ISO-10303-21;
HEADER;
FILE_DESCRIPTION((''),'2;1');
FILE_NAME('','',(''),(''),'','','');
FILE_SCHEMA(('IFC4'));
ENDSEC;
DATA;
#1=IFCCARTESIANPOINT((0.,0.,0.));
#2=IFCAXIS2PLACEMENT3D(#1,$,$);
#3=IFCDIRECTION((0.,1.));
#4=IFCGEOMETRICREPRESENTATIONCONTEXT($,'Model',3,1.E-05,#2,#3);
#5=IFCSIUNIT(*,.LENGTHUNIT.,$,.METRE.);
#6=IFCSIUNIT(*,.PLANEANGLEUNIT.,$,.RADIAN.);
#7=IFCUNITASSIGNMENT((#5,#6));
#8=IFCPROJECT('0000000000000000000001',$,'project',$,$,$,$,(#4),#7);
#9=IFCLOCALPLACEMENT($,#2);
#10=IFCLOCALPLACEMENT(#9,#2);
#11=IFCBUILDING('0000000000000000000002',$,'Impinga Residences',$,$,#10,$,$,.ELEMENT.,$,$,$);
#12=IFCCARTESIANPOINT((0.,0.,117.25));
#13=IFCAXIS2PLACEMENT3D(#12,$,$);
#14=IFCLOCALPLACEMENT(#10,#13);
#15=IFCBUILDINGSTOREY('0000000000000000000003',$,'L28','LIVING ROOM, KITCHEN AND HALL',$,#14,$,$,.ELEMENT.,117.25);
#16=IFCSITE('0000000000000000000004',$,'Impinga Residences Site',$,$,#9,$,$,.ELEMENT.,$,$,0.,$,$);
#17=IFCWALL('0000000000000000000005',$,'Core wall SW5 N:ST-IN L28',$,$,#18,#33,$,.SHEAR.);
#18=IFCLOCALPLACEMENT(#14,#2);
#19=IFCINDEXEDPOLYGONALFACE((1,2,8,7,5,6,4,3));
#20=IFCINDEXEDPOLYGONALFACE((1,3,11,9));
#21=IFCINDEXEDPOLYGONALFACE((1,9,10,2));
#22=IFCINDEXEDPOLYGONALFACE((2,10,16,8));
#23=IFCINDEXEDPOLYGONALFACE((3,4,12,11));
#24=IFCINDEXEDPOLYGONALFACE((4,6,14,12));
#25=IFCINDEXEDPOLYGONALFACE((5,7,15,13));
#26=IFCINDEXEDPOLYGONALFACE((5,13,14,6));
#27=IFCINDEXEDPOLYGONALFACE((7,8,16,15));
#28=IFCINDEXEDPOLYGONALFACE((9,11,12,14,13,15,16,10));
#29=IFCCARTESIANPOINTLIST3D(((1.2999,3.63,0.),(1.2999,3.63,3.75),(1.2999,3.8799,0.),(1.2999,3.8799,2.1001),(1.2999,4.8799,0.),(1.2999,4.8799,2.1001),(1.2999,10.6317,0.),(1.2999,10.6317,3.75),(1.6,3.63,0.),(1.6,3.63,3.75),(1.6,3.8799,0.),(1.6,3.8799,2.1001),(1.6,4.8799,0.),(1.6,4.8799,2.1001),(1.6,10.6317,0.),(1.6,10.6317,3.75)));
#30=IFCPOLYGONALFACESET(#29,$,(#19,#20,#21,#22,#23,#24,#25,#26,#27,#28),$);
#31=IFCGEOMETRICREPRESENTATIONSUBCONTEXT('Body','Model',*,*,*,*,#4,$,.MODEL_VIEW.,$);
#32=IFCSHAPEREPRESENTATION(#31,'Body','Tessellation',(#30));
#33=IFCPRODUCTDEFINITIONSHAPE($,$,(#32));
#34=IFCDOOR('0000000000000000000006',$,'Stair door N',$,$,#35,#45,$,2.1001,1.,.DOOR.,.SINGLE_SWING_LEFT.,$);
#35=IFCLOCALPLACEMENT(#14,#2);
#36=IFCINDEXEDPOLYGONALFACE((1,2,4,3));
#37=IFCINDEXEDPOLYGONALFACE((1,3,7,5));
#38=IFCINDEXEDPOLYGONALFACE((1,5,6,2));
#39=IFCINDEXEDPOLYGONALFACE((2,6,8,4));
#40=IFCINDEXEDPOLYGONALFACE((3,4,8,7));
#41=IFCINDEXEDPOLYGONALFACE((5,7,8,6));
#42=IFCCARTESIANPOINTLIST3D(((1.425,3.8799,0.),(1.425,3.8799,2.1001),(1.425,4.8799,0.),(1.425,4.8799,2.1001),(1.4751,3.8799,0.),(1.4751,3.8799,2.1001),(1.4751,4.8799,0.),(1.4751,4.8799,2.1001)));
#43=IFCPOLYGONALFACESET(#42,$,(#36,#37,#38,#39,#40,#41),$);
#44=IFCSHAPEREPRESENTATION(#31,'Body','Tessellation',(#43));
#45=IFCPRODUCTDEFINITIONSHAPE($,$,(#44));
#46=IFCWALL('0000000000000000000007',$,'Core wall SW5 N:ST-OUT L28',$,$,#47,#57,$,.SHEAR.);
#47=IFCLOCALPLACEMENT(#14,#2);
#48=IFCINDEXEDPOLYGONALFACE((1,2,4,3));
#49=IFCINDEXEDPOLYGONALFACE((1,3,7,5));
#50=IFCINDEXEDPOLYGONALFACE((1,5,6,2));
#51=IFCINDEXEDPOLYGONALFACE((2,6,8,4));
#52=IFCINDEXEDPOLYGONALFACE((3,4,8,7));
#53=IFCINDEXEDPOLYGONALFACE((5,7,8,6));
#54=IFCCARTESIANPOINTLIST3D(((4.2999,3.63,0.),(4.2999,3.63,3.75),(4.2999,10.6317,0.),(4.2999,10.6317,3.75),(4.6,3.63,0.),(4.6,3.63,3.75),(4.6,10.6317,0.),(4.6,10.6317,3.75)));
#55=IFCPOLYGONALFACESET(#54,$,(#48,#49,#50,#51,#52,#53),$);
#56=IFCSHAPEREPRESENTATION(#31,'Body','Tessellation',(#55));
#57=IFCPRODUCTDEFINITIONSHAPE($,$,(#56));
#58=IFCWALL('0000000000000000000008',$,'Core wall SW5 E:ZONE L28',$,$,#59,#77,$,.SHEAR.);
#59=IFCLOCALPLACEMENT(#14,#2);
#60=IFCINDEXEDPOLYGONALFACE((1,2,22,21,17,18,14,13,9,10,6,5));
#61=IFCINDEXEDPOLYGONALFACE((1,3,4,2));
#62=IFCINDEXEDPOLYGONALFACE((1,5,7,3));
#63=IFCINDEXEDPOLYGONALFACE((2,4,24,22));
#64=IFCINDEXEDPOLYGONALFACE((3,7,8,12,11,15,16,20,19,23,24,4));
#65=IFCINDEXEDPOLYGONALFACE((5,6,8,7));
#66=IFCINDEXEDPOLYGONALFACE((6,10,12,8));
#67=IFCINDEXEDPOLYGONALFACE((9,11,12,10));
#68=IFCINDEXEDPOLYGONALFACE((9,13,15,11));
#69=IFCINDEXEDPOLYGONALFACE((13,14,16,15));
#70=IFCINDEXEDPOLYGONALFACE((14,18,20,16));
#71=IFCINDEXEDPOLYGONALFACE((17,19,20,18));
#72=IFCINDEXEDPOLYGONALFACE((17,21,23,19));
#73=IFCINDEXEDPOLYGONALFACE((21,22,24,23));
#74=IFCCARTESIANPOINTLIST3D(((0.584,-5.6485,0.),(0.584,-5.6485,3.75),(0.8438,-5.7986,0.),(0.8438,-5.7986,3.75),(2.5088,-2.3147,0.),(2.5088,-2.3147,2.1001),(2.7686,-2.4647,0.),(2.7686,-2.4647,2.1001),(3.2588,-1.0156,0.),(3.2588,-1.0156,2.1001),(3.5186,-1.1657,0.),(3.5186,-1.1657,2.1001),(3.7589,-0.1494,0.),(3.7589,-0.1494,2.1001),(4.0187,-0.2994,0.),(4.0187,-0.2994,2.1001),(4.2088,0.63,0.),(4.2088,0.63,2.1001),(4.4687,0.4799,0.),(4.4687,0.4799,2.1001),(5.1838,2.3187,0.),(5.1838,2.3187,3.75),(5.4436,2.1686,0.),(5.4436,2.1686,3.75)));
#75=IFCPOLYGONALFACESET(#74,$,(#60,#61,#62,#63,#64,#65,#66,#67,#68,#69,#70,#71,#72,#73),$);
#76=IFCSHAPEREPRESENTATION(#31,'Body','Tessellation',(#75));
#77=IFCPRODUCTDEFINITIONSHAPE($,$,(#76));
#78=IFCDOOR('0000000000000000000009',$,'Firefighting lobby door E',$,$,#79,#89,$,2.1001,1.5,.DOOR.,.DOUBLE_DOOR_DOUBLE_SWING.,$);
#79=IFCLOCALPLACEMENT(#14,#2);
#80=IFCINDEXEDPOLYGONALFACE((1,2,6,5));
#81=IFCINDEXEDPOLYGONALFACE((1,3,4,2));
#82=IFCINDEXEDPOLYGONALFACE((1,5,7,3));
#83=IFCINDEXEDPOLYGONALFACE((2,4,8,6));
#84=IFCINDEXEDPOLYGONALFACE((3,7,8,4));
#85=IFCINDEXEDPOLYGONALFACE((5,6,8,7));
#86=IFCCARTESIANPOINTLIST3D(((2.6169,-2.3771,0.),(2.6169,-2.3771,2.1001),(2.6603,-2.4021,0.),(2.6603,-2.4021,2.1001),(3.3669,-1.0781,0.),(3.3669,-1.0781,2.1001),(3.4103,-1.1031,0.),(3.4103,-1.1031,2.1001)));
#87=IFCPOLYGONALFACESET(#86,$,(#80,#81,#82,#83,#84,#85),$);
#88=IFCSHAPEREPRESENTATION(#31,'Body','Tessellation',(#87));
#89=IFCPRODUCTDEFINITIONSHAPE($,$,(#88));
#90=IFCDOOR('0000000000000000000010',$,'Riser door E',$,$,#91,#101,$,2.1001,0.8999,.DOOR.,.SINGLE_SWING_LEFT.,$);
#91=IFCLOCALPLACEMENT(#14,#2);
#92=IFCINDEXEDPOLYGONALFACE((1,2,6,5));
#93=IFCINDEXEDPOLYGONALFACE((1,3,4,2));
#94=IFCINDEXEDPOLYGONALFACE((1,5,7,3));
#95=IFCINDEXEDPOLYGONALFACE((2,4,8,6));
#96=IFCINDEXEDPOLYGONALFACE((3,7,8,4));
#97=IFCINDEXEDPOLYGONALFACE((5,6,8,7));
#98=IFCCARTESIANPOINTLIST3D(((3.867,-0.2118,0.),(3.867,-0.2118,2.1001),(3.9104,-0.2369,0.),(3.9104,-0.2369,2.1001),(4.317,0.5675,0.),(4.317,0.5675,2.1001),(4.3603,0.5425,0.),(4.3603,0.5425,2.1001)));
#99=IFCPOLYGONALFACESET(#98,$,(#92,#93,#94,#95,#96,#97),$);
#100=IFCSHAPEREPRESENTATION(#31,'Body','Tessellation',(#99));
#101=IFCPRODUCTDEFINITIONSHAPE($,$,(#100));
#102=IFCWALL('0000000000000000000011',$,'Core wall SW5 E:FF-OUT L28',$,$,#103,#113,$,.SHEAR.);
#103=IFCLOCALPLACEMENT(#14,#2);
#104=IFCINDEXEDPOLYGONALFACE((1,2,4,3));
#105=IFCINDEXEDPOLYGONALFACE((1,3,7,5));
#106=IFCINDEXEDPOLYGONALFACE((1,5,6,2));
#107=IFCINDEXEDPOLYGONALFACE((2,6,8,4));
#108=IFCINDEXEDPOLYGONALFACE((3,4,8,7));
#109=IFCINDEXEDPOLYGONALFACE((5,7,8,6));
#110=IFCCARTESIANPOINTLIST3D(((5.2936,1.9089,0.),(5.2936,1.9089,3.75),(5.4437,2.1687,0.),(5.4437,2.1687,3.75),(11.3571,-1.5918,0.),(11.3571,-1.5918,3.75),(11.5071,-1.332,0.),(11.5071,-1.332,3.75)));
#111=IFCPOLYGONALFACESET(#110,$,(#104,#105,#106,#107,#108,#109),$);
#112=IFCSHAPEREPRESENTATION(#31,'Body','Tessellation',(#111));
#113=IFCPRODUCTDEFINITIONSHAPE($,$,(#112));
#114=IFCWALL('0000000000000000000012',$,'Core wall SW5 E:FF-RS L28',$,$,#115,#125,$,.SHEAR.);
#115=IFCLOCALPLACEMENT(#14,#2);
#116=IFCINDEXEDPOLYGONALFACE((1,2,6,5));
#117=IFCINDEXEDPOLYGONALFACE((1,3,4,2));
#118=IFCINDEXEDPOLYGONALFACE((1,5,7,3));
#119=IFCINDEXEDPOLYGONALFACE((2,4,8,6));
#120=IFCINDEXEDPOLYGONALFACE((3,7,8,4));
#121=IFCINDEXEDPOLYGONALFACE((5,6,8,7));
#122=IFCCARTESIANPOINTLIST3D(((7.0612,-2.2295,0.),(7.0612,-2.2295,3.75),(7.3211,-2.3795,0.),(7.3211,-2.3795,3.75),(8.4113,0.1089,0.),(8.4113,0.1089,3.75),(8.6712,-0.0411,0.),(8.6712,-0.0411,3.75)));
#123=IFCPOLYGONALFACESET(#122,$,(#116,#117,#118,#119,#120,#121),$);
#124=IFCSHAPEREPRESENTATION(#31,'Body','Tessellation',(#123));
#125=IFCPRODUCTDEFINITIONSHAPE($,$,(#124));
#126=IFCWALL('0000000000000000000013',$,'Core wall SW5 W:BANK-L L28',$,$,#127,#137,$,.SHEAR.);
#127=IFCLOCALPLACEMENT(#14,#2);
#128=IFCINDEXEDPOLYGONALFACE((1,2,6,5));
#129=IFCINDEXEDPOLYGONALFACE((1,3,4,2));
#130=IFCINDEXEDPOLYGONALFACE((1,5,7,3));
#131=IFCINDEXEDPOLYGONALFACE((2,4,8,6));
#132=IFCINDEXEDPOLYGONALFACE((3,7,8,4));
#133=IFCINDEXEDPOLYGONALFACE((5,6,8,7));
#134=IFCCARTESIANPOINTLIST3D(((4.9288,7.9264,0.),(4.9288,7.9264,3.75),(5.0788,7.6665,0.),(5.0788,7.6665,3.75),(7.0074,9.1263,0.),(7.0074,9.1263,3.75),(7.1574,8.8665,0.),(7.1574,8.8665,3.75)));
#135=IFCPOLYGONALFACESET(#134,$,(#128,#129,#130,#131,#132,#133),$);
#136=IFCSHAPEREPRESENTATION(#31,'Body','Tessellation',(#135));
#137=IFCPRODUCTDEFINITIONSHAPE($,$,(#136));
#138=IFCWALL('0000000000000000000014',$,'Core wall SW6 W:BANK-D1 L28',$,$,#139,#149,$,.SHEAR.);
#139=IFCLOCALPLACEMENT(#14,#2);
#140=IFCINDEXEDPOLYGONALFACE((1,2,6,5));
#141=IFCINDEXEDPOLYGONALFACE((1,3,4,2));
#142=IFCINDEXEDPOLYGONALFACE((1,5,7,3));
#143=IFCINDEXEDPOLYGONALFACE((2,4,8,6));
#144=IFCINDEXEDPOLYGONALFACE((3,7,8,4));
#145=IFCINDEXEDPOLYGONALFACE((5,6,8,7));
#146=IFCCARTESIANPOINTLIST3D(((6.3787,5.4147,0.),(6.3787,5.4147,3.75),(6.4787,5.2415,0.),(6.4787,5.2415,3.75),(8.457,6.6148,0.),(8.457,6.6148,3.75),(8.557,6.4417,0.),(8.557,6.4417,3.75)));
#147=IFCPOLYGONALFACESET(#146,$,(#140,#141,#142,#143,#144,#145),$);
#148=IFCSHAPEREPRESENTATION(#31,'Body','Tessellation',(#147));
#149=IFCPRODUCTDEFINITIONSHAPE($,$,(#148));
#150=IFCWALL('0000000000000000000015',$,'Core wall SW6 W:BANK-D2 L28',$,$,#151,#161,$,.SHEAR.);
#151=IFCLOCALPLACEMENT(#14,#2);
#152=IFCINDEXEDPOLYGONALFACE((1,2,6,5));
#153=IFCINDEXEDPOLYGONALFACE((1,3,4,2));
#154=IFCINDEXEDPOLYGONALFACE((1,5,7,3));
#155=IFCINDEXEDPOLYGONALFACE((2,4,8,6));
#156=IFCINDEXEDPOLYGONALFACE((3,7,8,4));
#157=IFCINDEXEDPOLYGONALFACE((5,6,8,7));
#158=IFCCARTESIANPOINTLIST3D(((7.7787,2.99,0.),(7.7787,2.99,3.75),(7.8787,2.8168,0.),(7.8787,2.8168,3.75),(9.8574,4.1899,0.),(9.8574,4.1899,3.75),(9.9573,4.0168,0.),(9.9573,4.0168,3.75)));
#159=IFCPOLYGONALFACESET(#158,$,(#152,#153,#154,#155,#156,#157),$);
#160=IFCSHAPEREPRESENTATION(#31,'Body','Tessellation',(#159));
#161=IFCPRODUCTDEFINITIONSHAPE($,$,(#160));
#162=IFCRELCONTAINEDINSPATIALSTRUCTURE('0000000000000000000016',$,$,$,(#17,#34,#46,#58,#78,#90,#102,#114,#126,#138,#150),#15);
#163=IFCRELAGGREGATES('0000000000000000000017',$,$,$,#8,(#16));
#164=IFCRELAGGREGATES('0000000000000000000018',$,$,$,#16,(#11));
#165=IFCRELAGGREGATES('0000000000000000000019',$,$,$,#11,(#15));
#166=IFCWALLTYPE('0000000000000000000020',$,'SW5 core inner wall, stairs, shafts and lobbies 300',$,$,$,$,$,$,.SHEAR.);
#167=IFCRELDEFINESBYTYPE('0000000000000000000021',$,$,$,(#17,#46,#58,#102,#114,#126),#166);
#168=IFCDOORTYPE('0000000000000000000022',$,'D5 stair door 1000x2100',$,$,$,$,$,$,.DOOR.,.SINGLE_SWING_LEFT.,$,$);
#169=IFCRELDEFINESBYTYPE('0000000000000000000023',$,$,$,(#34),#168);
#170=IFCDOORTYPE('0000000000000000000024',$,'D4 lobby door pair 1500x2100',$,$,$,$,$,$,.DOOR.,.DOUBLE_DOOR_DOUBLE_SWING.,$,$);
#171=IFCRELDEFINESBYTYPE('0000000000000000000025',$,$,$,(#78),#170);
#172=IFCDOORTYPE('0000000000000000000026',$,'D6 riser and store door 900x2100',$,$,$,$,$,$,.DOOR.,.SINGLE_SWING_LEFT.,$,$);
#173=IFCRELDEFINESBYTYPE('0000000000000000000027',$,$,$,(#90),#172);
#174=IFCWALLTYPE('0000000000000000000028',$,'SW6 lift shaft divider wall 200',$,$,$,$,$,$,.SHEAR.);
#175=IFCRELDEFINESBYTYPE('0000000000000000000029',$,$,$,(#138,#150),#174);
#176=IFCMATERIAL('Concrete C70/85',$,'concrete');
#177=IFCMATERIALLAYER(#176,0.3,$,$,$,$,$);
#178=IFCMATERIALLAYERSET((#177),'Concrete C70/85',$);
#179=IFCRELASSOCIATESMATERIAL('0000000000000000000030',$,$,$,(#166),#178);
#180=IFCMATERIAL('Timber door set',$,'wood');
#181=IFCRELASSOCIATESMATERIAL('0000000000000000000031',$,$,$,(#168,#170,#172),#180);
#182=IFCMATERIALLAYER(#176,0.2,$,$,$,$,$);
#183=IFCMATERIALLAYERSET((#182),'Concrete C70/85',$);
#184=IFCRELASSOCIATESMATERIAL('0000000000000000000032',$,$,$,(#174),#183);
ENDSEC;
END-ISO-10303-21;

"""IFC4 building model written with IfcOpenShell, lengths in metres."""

from ifc_helpers import new_model, si_unit, direction, frame, frame_2d, origin, place, context, subcontext, project, spatial, rectangle, extrude, material, layer, layer_set, type_object, element, fill, save


model = new_model("IFC4")

# Units and contexts
model_context = context("Model", 3, precision=1e-05, world=origin(), true_north=direction((0.0, 1.0)))
body_context = subcontext(model_context, "Body", "Model", "MODEL_VIEW")
ifc_project = project(units=[si_unit("LENGTHUNIT", "METRE"), si_unit("PLANEANGLEUNIT", "RADIAN")], contexts=[model_context])

# Site, building, storey
site_placement = place(None, origin())
site = spatial("IfcSite", under=ifc_project, at=site_placement, Name="Impinga Residences Site", CompositionType="ELEMENT", RefElevation=0.0)
building_placement = place(site_placement, origin())
building = spatial("IfcBuilding", under=site, at=building_placement, Name="Impinga Residences", CompositionType="ELEMENT")
storey_placement = place(building_placement, frame((0.0, 0.0, 117.25)))
storey = spatial("IfcBuildingStorey", under=building, at=storey_placement, Name="L28", Description="LIVING ROOM, KITCHEN AND HALL", CompositionType="ELEMENT", Elevation=117.25)

# Wall, opening, door
ifc_material_1 = material(Name="Concrete C70/85", Category="concrete")
ifc_layer_1 = layer(ifc_material_1, 0.3)
ifc_layer_set_1 = layer_set([ifc_layer_1], Name="Concrete C70/85")
wall_type_1 = type_object("IfcWallType", Name="SW5 core inner wall, stairs, shafts and lobbies 300", PredefinedType="SHEAR", material=ifc_layer_set_1)
wall_1_placement = place(storey_placement, frame((1.45, 3.6299, 0.0), z_axis=(0.0, 0.0, 1.0), x_axis=(0.0, 1.0, 0.0)))
wall_1 = element("IfcWall", 1, at=wall_1_placement, inside=storey, type_object=wall_type_1, Name="Core wall SW5 N:ST-IN L28", PredefinedType="SHEAR", context=body_context, shape_type="SweptSolid", body=[
    extrude(rectangle(XDim=7.0017, YDim=0.3, at=frame_2d((3.501, 0.0))), origin(), (0.0, 0.0, 1.0), 3.75),
])
opening_1_placement = place(wall_1_placement, frame((0.25, 0.0, 0.0)))
opening_1 = element("IfcOpeningElement", 2, at=opening_1_placement, cuts=wall_1, PredefinedType="OPENING", context=body_context, shape_type="SweptSolid", body=[
    extrude(rectangle(XDim=1.0, YDim=2.1001, at=frame_2d((0.5, 1.05))), frame((0.0, 0.1599, 0.0), z_axis=(0.0, -1.0, 0.0), x_axis=(1.0, 0.0, 0.0)), (0.0, 0.0, 1.0), 0.3201),
])
ifc_material_2 = material(Name="Timber door set", Category="wood")
door_type_1 = type_object("IfcDoorType", Name="D5 stair door 1000x2100", OperationType="SINGLE_SWING_LEFT", PredefinedType="DOOR", material=ifc_material_2)
door_1_placement = place(opening_1_placement, origin())
door_1 = element("IfcDoor", 3, at=door_1_placement, inside=storey, type_object=door_type_1, Name="Stair door N", OperationType="SINGLE_SWING_LEFT", OverallHeight=2.1001, OverallWidth=1.0, PredefinedType="DOOR", context=body_context, shape_type="SweptSolid", body=[
    extrude(rectangle(XDim=1.0, YDim=2.1001, at=frame_2d((0.5, 1.05))), frame((0.0, 0.0249, 0.0), z_axis=(0.0, -1.0, 0.0), x_axis=(1.0, 0.0, 0.0)), (0.0, 0.0, 1.0), 0.05),
])
fill(opening_1, door_1)

# Wall
wall_2_placement = place(storey_placement, frame((4.45, 3.6299, 0.0), z_axis=(0.0, 0.0, 1.0), x_axis=(0.0, 1.0, 0.0)))
element("IfcWall", 4, at=wall_2_placement, inside=storey, type_object=wall_type_1, Name="Core wall SW5 N:ST-OUT L28", PredefinedType="SHEAR", context=body_context, shape_type="SweptSolid", body=[
    extrude(rectangle(XDim=7.0017, YDim=0.3, at=frame_2d((3.501, 0.0))), origin(), (0.0, 0.0, 1.0), 3.75),
])

# Wall, openings, doors
wall_3_placement = place(storey_placement, frame((5.3137, 2.2437, 0.0), z_axis=(0.0, 0.0, 1.0), x_axis=(-0.499995, -0.866028, 0.0)))
wall_3 = element("IfcWall", 5, at=wall_3_placement, inside=storey, type_object=wall_type_1, Name="Core wall SW5 E:ZONE L28", PredefinedType="SHEAR", context=body_context, shape_type="SweptSolid", body=[
    extrude(rectangle(XDim=9.1997, YDim=0.3, at=frame_2d((4.5999, 0.0))), origin(), (0.0, 0.0, 1.0), 3.75),
])
opening_2_placement = place(wall_3_placement, frame((3.8501, 0.0, 0.0)))
opening_2 = element("IfcOpeningElement", 6, at=opening_2_placement, cuts=wall_3, PredefinedType="OPENING", context=body_context, shape_type="SweptSolid", body=[
    extrude(rectangle(XDim=1.5, YDim=2.1001, at=frame_2d((0.75, 1.05))), frame((0.0, 0.1599, 0.0), z_axis=(0.0, -1.0, 0.0), x_axis=(1.0, 0.0, 0.0)), (0.0, 0.0, 1.0), 0.3201),
])
opening_3_placement = place(wall_3_placement, frame((1.95, 0.0, 0.0)))
opening_3 = element("IfcOpeningElement", 7, at=opening_3_placement, cuts=wall_3, PredefinedType="OPENING", context=body_context, shape_type="SweptSolid", body=[
    extrude(rectangle(XDim=0.8999, YDim=2.1001, at=frame_2d((0.45, 1.05))), frame((0.0, 0.1599, 0.0), z_axis=(0.0, -1.0, 0.0), x_axis=(1.0, 0.0, 0.0)), (0.0, 0.0, 1.0), 0.3201),
])
door_type_2 = type_object("IfcDoorType", Name="D4 lobby door pair 1500x2100", OperationType="DOUBLE_DOOR_DOUBLE_SWING", PredefinedType="DOOR", material=ifc_material_2)
door_2_placement = place(opening_2_placement, origin())
door_2 = element("IfcDoor", 8, at=door_2_placement, inside=storey, type_object=door_type_2, Name="Firefighting lobby door E", OperationType="DOUBLE_DOOR_DOUBLE_SWING", OverallHeight=2.1001, OverallWidth=1.5, PredefinedType="DOOR", context=body_context, shape_type="SweptSolid", body=[
    extrude(rectangle(XDim=1.5, YDim=2.1001, at=frame_2d((0.75, 1.05))), frame((0.0, 0.0249, 0.0), z_axis=(0.0, -1.0, 0.0), x_axis=(1.0, 0.0, 0.0)), (0.0, 0.0, 1.0), 0.05),
])
fill(opening_2, door_2)
door_type_3 = type_object("IfcDoorType", Name="D6 riser and store door 900x2100", OperationType="SINGLE_SWING_LEFT", PredefinedType="DOOR", material=ifc_material_2)
door_3_placement = place(opening_3_placement, origin())
door_3 = element("IfcDoor", 9, at=door_3_placement, inside=storey, type_object=door_type_3, Name="Riser door E", OperationType="SINGLE_SWING_LEFT", OverallHeight=2.1001, OverallWidth=0.8999, PredefinedType="DOOR", context=body_context, shape_type="SweptSolid", body=[
    extrude(rectangle(XDim=0.8999, YDim=2.1001, at=frame_2d((0.45, 1.05))), frame((0.0, 0.0249, 0.0), z_axis=(0.0, -1.0, 0.0), x_axis=(1.0, 0.0, 0.0)), (0.0, 0.0, 1.0), 0.05),
])
fill(opening_3, door_3)

# Walls
wall_4_placement = place(storey_placement, frame((5.3687, 2.0388, 0.0), z_axis=(0.0, 0.0, 1.0), x_axis=(0.866026, -0.499998, 0.0)))
element("IfcWall", 10, at=wall_4_placement, inside=storey, type_object=wall_type_1, Name="Core wall SW5 E:FF-OUT L28", PredefinedType="SHEAR", context=body_context, shape_type="SweptSolid", body=[
    extrude(rectangle(XDim=7.0015, YDim=0.3, at=frame_2d((3.5007, 0.0))), origin(), (0.0, 0.0, 1.0), 3.75),
])
wall_5_placement = place(storey_placement, frame((8.5413, 0.0339, 0.0), z_axis=(0.0, 0.0, 1.0), x_axis=(-0.500009, -0.86602, 0.0)))
element("IfcWall", 11, at=wall_5_placement, inside=storey, type_object=wall_type_1, Name="Core wall SW5 E:FF-RS L28", PredefinedType="SHEAR", context=body_context, shape_type="SweptSolid", body=[
    extrude(rectangle(XDim=2.7002, YDim=0.3, at=frame_2d((1.3501, 0.0))), origin(), (0.0, 0.0, 1.0), 3.75),
])
wall_6_placement = place(storey_placement, frame((5.0037, 7.7964, 0.0), z_axis=(0.0, 0.0, 1.0), x_axis=(0.86605, 0.499957, 0.0)))
element("IfcWall", 12, at=wall_6_placement, inside=storey, type_object=wall_type_1, Name="Core wall SW5 W:BANK-L L28", PredefinedType="SHEAR", context=body_context, shape_type="SweptSolid", body=[
    extrude(rectangle(XDim=2.4001, YDim=0.3, at=frame_2d((1.2002, 0.0))), origin(), (0.0, 0.0, 1.0), 3.75),
])
ifc_layer_2 = layer(ifc_material_1, 0.2)
ifc_layer_set_2 = layer_set([ifc_layer_2], Name="Concrete C70/85")
wall_type_2 = type_object("IfcWallType", Name="SW6 lift shaft divider wall 200", PredefinedType="SHEAR", material=ifc_layer_set_2)
wall_7_placement = place(storey_placement, frame((6.4287, 5.3281, 0.0), z_axis=(0.0, 0.0, 1.0), x_axis=(0.865981, 0.500078, 0.0)))
element("IfcWall", 13, at=wall_7_placement, inside=storey, type_object=wall_type_2, Name="Core wall SW6 W:BANK-D1 L28", PredefinedType="SHEAR", context=body_context, shape_type="SweptSolid", body=[
    extrude(rectangle(XDim=2.3999, YDim=0.2, at=frame_2d((1.2, 0.0))), origin(), (0.0, 0.0, 1.0), 3.75),
])
wall_8_placement = place(storey_placement, frame((7.8286, 2.9033, 0.0), z_axis=(0.0, 0.0, 1.0), x_axis=(0.86605, 0.499957, 0.0)))
element("IfcWall", 14, at=wall_8_placement, inside=storey, type_object=wall_type_2, Name="Core wall SW6 W:BANK-D2 L28", PredefinedType="SHEAR", context=body_context, shape_type="SweptSolid", body=[
    extrude(rectangle(XDim=2.4001, YDim=0.2, at=frame_2d((1.2002, 0.0))), origin(), (0.0, 0.0, 1.0), 3.75),
])

save(model, "model.ifc")
